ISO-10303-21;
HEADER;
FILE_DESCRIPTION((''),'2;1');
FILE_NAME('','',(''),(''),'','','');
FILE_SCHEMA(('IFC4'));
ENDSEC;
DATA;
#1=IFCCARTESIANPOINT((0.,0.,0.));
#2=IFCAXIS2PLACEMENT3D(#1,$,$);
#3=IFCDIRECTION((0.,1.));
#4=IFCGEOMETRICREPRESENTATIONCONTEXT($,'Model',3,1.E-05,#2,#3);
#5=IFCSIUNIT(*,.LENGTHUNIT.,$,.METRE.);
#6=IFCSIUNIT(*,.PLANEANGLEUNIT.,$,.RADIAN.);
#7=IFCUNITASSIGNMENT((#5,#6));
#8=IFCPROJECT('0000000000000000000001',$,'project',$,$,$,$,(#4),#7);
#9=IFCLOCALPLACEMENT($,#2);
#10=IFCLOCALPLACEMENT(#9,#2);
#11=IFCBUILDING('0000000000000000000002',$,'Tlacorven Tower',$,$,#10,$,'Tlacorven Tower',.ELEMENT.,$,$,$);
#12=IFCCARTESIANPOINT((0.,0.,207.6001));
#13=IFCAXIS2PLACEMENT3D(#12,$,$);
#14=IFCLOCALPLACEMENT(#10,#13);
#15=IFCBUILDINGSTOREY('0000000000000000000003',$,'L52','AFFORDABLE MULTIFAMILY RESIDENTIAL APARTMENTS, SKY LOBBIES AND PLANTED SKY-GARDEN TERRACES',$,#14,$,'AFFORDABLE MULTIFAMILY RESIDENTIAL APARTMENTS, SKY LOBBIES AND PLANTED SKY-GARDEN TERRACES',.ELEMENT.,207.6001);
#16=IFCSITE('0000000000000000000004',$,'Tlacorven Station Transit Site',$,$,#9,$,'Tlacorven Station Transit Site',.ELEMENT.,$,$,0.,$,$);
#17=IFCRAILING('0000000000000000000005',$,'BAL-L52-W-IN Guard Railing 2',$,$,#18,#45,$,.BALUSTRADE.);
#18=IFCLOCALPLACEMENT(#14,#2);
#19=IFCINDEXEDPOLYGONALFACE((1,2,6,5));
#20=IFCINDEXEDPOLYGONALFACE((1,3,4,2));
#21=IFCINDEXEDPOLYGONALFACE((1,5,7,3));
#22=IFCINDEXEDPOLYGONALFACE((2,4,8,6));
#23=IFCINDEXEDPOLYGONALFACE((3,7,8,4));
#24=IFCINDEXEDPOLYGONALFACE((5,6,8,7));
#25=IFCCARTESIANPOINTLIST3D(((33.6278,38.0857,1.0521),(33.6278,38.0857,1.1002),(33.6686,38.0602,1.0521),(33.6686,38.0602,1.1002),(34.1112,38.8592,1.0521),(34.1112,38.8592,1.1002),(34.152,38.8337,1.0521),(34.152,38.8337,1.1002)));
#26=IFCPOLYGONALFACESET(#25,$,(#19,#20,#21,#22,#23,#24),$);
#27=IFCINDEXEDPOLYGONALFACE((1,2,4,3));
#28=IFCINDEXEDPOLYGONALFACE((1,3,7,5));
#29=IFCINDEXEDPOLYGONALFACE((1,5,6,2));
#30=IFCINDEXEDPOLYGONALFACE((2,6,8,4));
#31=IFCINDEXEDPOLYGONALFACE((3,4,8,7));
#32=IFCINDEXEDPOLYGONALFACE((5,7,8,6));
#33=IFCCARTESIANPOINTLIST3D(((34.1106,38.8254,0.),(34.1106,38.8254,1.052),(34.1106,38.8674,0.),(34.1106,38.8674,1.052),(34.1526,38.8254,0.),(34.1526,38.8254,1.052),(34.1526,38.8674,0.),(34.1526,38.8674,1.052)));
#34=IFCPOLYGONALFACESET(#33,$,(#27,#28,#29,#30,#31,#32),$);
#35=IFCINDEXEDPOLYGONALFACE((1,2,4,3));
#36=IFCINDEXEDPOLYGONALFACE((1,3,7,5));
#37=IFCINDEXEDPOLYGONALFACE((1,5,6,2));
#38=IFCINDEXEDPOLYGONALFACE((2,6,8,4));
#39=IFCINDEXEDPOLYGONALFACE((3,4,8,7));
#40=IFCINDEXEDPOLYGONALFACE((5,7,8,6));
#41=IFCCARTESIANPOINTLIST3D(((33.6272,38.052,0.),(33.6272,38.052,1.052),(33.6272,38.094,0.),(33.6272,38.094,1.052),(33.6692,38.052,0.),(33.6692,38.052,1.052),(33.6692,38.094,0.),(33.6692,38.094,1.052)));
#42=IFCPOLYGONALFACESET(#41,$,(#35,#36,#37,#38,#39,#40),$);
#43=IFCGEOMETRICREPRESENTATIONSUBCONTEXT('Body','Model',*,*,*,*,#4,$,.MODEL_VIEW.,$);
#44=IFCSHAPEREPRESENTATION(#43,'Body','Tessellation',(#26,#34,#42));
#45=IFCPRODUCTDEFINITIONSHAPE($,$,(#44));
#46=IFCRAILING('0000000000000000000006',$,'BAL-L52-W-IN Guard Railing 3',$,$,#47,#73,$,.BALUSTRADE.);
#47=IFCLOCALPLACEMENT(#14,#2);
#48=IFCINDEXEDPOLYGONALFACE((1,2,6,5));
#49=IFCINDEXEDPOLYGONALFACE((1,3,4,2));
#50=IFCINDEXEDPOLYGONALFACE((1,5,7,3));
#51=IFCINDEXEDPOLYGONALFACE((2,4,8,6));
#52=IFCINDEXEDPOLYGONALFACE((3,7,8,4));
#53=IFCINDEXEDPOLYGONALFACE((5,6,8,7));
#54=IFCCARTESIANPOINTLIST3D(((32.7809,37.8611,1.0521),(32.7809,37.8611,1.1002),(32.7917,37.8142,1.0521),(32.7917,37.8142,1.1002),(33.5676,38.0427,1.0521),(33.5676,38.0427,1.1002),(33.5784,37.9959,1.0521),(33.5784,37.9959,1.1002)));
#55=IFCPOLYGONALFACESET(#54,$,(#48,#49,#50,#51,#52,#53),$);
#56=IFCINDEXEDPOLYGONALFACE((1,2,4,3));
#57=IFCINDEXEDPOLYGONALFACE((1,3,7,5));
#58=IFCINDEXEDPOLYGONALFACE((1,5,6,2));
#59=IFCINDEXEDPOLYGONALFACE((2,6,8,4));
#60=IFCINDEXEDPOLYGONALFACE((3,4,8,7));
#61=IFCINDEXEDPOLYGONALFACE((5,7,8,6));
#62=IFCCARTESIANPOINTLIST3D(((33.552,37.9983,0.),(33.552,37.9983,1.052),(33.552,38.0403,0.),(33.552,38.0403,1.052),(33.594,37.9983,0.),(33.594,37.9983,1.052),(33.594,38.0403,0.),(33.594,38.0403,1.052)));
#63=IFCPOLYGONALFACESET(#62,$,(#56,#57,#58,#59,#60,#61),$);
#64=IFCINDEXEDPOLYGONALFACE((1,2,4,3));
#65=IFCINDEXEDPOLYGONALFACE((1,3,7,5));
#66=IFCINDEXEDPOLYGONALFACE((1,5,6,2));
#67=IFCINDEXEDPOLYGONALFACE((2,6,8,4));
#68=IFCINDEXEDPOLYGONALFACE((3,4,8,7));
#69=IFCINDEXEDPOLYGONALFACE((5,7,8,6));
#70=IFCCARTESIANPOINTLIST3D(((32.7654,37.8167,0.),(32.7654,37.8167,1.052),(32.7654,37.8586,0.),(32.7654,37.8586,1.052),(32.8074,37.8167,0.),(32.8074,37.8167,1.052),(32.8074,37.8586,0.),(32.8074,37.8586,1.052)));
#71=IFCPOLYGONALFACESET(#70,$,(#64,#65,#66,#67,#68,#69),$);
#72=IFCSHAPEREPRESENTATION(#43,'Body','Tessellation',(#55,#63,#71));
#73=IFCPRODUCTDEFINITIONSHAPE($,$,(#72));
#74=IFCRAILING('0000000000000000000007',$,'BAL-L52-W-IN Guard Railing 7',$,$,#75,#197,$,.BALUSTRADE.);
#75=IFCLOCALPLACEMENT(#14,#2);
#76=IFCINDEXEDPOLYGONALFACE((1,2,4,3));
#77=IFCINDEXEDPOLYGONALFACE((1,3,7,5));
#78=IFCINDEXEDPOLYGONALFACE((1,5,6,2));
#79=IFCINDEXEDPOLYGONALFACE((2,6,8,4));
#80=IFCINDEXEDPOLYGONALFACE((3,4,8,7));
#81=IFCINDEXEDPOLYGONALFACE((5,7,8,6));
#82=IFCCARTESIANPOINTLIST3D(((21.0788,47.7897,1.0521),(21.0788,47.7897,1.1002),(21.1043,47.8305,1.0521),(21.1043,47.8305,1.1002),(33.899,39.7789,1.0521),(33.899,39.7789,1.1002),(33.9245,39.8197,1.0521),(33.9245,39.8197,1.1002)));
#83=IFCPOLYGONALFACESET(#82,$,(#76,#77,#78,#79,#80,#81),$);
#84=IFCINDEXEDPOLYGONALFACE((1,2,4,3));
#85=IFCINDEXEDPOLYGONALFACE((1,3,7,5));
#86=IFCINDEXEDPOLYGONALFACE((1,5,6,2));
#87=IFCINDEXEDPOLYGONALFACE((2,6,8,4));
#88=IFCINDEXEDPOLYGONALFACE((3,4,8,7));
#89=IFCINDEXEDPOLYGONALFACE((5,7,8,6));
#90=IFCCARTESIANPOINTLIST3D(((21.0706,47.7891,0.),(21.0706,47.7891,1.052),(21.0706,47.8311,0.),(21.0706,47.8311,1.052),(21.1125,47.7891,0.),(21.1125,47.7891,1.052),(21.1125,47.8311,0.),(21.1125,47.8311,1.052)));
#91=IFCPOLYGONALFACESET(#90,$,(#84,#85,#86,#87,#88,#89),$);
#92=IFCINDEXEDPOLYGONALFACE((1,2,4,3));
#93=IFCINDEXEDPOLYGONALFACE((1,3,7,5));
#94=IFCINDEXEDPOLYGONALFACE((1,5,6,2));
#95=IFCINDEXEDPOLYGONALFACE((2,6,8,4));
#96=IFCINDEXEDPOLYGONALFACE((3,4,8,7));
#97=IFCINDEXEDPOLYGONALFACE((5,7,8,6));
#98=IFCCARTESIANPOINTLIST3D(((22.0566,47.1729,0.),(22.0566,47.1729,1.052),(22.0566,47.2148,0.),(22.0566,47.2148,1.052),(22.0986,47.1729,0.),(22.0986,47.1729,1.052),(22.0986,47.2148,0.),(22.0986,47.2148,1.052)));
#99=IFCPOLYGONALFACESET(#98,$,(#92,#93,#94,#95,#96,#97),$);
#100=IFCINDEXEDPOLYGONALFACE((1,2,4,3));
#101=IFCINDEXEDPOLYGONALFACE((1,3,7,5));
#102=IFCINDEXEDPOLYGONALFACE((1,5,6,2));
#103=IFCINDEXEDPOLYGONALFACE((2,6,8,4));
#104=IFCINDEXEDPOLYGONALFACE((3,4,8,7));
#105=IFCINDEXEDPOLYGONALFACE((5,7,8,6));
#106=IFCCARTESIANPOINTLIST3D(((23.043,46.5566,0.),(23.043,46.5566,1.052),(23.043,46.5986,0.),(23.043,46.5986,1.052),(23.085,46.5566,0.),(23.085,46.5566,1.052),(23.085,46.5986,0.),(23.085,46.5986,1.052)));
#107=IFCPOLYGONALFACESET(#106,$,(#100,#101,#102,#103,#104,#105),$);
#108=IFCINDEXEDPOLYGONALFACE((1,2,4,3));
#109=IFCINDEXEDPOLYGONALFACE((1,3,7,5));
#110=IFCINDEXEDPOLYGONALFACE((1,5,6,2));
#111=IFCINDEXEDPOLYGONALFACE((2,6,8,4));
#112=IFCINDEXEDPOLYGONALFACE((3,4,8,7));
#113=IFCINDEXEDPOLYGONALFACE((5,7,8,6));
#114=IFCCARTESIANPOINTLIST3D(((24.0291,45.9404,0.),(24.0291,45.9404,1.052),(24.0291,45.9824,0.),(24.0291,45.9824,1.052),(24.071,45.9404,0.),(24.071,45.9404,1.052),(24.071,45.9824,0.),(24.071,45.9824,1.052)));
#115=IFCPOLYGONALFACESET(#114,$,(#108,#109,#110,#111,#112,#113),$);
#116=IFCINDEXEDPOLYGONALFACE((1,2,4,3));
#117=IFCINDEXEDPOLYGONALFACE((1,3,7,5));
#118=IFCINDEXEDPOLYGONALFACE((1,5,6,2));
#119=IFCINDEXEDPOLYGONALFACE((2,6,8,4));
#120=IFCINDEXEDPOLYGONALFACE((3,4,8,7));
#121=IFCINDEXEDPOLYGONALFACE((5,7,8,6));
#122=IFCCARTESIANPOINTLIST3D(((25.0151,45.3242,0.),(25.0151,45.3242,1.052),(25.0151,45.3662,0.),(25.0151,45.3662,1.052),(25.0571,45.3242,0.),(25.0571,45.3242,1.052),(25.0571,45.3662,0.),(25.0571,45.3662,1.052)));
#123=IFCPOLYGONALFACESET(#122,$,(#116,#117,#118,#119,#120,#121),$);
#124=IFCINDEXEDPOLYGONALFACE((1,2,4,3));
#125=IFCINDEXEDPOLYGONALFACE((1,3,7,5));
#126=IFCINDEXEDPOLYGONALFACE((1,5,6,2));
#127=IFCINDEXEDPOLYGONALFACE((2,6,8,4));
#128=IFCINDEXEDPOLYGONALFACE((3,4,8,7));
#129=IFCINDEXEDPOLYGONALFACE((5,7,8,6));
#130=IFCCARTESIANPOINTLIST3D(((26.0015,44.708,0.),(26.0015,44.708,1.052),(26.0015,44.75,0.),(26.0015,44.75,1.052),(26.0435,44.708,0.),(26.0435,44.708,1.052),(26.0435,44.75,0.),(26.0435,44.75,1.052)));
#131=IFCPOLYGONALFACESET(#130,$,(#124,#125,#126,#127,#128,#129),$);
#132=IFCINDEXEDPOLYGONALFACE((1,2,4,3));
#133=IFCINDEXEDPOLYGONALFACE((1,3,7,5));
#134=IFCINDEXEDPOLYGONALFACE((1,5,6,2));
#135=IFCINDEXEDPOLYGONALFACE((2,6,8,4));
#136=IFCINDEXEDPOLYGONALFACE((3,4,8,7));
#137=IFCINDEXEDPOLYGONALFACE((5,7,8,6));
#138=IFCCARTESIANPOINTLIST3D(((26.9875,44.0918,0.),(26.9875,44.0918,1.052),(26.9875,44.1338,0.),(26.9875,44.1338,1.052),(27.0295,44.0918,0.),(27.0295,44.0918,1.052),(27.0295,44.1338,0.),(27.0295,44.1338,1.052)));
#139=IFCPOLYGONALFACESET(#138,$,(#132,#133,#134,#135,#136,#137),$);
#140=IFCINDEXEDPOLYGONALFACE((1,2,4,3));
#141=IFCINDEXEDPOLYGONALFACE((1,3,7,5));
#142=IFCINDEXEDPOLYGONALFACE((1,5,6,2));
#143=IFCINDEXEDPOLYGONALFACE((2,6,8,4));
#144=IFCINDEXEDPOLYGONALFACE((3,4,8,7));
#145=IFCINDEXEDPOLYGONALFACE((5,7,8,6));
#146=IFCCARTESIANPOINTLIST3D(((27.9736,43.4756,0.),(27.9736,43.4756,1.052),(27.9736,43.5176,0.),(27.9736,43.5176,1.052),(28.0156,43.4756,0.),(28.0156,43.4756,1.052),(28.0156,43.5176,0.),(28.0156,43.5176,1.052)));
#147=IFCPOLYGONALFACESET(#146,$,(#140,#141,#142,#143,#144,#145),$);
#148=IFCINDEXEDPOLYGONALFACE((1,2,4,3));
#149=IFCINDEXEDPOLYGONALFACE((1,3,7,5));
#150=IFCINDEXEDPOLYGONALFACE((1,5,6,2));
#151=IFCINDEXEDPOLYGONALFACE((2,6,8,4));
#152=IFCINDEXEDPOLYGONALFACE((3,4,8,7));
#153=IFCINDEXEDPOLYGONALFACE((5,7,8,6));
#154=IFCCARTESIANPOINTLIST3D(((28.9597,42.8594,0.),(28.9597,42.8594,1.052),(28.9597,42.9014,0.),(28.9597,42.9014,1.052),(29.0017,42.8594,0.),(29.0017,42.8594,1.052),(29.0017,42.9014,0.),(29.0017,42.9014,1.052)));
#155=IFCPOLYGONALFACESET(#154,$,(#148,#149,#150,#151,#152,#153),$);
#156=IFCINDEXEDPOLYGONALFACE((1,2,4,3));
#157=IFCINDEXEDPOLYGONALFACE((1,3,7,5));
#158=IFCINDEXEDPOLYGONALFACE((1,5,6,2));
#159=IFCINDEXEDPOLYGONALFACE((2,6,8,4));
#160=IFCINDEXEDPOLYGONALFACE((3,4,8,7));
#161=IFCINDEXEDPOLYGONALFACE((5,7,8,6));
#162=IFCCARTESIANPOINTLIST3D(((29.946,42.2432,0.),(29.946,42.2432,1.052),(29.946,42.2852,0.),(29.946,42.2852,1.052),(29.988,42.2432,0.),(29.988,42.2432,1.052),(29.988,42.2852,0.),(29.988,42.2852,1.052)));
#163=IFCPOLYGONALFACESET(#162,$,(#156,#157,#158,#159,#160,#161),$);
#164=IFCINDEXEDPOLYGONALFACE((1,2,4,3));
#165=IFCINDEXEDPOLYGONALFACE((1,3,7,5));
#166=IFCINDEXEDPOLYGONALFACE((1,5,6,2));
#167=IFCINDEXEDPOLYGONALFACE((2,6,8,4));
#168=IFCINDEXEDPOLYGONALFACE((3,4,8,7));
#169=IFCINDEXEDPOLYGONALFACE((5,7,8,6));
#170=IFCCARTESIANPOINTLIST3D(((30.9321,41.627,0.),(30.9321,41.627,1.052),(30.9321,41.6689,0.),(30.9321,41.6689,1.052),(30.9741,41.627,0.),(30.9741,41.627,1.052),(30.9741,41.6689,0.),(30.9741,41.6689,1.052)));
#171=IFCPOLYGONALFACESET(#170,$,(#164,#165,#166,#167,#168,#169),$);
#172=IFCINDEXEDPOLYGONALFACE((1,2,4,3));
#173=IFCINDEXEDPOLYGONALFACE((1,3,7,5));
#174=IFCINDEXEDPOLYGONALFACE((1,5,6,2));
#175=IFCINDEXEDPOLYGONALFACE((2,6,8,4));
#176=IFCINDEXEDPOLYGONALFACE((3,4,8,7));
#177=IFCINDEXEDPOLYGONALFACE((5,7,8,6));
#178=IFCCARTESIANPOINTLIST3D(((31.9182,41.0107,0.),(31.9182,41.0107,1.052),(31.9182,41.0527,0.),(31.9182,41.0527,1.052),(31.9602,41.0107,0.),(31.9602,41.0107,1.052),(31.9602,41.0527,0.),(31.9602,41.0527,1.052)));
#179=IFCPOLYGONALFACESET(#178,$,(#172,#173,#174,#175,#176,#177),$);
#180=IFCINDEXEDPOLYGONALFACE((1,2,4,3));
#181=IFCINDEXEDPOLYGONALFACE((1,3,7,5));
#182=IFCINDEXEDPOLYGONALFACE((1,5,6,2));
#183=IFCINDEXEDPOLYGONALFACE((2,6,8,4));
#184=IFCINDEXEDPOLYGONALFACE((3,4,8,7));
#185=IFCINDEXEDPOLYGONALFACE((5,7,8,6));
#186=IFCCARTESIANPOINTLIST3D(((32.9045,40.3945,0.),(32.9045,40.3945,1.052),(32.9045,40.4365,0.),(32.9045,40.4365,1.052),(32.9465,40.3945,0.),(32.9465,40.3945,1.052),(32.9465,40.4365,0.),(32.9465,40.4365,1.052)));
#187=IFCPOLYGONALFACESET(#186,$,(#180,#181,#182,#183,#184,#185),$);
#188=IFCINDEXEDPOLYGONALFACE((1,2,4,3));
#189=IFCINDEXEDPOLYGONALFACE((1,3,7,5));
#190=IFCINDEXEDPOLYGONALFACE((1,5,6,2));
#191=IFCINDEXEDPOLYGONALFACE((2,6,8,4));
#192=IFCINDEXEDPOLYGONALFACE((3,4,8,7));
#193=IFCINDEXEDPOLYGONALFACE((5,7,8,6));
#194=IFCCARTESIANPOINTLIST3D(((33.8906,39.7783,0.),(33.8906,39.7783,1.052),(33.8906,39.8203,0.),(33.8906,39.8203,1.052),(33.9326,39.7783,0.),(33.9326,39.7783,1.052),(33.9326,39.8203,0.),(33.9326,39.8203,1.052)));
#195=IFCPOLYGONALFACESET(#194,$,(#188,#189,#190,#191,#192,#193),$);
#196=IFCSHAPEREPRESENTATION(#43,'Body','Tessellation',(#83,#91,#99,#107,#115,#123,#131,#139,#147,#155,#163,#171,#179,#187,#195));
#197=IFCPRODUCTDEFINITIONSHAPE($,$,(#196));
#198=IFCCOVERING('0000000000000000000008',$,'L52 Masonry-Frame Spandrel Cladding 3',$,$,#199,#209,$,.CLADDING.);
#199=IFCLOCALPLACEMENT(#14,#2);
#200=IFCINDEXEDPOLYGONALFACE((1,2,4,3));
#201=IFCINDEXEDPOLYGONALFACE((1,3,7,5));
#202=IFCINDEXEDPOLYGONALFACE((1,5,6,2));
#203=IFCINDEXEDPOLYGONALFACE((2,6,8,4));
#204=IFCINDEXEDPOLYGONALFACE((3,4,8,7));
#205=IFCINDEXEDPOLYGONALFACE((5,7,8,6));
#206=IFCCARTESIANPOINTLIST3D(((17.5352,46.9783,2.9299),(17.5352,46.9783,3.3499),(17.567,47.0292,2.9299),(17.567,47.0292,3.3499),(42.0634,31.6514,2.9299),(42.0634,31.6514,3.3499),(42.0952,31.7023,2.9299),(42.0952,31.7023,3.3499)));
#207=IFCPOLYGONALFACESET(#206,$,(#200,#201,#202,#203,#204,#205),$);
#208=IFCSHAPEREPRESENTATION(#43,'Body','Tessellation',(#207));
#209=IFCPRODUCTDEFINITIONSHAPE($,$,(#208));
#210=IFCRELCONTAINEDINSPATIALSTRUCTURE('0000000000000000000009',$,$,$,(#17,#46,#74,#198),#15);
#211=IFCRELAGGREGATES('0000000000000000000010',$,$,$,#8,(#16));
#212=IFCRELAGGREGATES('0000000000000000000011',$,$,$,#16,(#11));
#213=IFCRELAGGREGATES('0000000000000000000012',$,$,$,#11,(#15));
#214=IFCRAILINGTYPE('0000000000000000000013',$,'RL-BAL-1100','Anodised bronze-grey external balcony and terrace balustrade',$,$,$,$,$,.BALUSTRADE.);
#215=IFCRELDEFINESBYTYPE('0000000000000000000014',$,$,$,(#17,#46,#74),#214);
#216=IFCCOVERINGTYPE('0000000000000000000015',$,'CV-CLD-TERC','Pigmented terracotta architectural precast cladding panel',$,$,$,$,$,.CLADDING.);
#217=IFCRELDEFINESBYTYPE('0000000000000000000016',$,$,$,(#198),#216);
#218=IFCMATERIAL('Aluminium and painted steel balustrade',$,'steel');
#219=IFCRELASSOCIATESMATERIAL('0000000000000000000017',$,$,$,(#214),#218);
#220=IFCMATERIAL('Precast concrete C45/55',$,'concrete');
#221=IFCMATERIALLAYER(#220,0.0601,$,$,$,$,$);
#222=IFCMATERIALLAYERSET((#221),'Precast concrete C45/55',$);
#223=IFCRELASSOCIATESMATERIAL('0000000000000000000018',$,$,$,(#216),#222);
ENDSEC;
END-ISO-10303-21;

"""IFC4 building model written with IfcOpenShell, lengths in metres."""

from ifc_helpers import new_model, si_unit, direction, frame, origin, origin_2d, place, context, subcontext, project, spatial, rectangle, extrude, source, transform, mapped, material, layer, layer_set, type_object, element, save


model = new_model("IFC4")

# Units and contexts
model_context = context("Model", 3, precision=1e-05, world=origin(), true_north=direction((0.0, 1.0)))
body_context = subcontext(model_context, "Body", "Model", "MODEL_VIEW")
ifc_project = project(units=[si_unit("LENGTHUNIT", "METRE"), si_unit("PLANEANGLEUNIT", "RADIAN")], contexts=[model_context])

# Site, building, storey
site_placement = place(None, origin())
site = spatial("IfcSite", under=ifc_project, at=site_placement, Name="Tlacorven Station Transit Site", LongName="Tlacorven Station Transit Site", CompositionType="ELEMENT", RefElevation=0.0)
building_placement = place(site_placement, origin())
building = spatial("IfcBuilding", under=site, at=building_placement, Name="Tlacorven Tower", LongName="Tlacorven Tower", CompositionType="ELEMENT")
storey_placement = place(building_placement, frame((0.0, 0.0, 207.6001)))
storey = spatial("IfcBuildingStorey", under=building, at=storey_placement, Name="L52", Description="AFFORDABLE MULTIFAMILY RESIDENTIAL APARTMENTS, SKY LOBBIES AND PLANTED SKY-GARDEN TERRACES", LongName="AFFORDABLE MULTIFAMILY RESIDENTIAL APARTMENTS, SKY LOBBIES AND PLANTED SKY-GARDEN TERRACES", CompositionType="ELEMENT", Elevation=207.6001)

# Railings
ifc_material_1 = material(Name="Aluminium and painted steel balustrade", Category="steel")
railing_type = type_object("IfcRailingType", Name="RL-BAL-1100", Description="Anodised bronze-grey external balcony and terrace balustrade", PredefinedType="BALUSTRADE", material=ifc_material_1)
shared_shape_1 = source(origin(), body_context, "Body", "SweptSolid", [
    extrude(rectangle(XDim=0.0481, YDim=0.0481, at=origin_2d()), frame((0.0, 0.0, 1.0762), z_axis=(-0.529999, -0.847998, 0.0), x_axis=(0.847998, -0.529999, 0.0)), (0.0, 0.0, 1.0), 0.9121),
    extrude(rectangle(XDim=0.042, YDim=0.042, at=origin_2d()), origin(), (0.0, 0.0, 1.0), 1.052),
    extrude(rectangle(XDim=0.042, YDim=0.042, at=origin_2d()), frame((-0.4834, -0.7734, 0.0)), (0.0, 0.0, 1.0), 1.052),
])
railing_1_placement = place(storey_placement, frame((34.1316, 38.8464, 0.0)))
element("IfcRailing", 1, at=railing_1_placement, inside=storey, type_object=railing_type, Name="BAL-L52-W-IN Guard Railing 2", PredefinedType="BALUSTRADE", context=body_context, shape_type="MappedRepresentation", body=[
    mapped(shared_shape_1, transform((0.0, 0.0, 0.0), scale=1.0)),
])
shared_shape_2 = source(origin(), body_context, "Body", "SweptSolid", [
    extrude(rectangle(XDim=0.0481, YDim=0.0481, at=origin_2d()), frame((0.0, 0.0, 1.0762), z_axis=(-0.974361, -0.224992, 0.0), x_axis=(0.224992, -0.974361, 0.0)), (0.0, 0.0, 1.0), 0.8074),
    extrude(rectangle(XDim=0.042, YDim=0.042, at=origin_2d()), origin(), (0.0, 0.0, 1.0), 1.052),
    extrude(rectangle(XDim=0.042, YDim=0.042, at=origin_2d()), frame((-0.7866, -0.1816, 0.0)), (0.0, 0.0, 1.0), 1.052),
])
railing_2_placement = place(storey_placement, frame((33.573, 38.0193, 0.0)))
element("IfcRailing", 2, at=railing_2_placement, inside=storey, type_object=railing_type, Name="BAL-L52-W-IN Guard Railing 3", PredefinedType="BALUSTRADE", context=body_context, shape_type="MappedRepresentation", body=[
    mapped(shared_shape_2, transform((0.0, 0.0, 0.0), scale=1.0)),
])
shared_shape_3 = source(origin(), body_context, "Body", "SweptSolid", [
    extrude(rectangle(XDim=0.0481, YDim=0.0481, at=origin_2d()), frame((0.0, 0.0, 1.0762), z_axis=(0.848052, -0.529913, 0.0), x_axis=(0.529913, 0.848052, 0.0)), (0.0, 0.0, 1.0), 15.1172),
    extrude(rectangle(XDim=0.042, YDim=0.042, at=origin_2d()), origin(), (0.0, 0.0, 1.0), 1.052),
    extrude(rectangle(XDim=0.042, YDim=0.042, at=origin_2d()), frame((0.9861, -0.6162, 0.0)), (0.0, 0.0, 1.0), 1.052),
    extrude(rectangle(XDim=0.042, YDim=0.042, at=origin_2d()), frame((1.9724, -1.2324, 0.0)), (0.0, 0.0, 1.0), 1.052),
    extrude(rectangle(XDim=0.042, YDim=0.042, at=origin_2d()), frame((2.9585, -1.8486, 0.0)), (0.0, 0.0, 1.0), 1.052),
    extrude(rectangle(XDim=0.042, YDim=0.042, at=origin_2d()), frame((3.9446, -2.4648, 0.0)), (0.0, 0.0, 1.0), 1.052),
    extrude(rectangle(XDim=0.042, YDim=0.042, at=origin_2d()), frame((4.9309, -3.0811, 0.0)), (0.0, 0.0, 1.0), 1.052),
    extrude(rectangle(XDim=0.042, YDim=0.042, at=origin_2d()), frame((5.917, -3.6973, 0.0)), (0.0, 0.0, 1.0), 1.052),
    extrude(rectangle(XDim=0.042, YDim=0.042, at=origin_2d()), frame((6.9031, -4.3135, 0.0)), (0.0, 0.0, 1.0), 1.052),
    extrude(rectangle(XDim=0.042, YDim=0.042, at=origin_2d()), frame((7.8892, -4.9297, 0.0)), (0.0, 0.0, 1.0), 1.052),
    extrude(rectangle(XDim=0.042, YDim=0.042, at=origin_2d()), frame((8.8755, -5.5459, 0.0)), (0.0, 0.0, 1.0), 1.052),
    extrude(rectangle(XDim=0.042, YDim=0.042, at=origin_2d()), frame((9.8616, -6.1621, 0.0)), (0.0, 0.0, 1.0), 1.052),
    extrude(rectangle(XDim=0.042, YDim=0.042, at=origin_2d()), frame((10.8477, -6.7783, 0.0)), (0.0, 0.0, 1.0), 1.052),
    extrude(rectangle(XDim=0.042, YDim=0.042, at=origin_2d()), frame((11.834, -7.3945, 0.0)), (0.0, 0.0, 1.0), 1.052),
    extrude(rectangle(XDim=0.042, YDim=0.042, at=origin_2d()), frame((12.8201, -8.0107, 0.0)), (0.0, 0.0, 1.0), 1.052),
])
railing_3_placement = place(storey_placement, frame((21.0916, 47.8101, 0.0)))
element("IfcRailing", 3, at=railing_3_placement, inside=storey, type_object=railing_type, Name="BAL-L52-W-IN Guard Railing 7", PredefinedType="BALUSTRADE", context=body_context, shape_type="MappedRepresentation", body=[
    mapped(shared_shape_3, transform((0.0, 0.0, 0.0), scale=1.0)),
])

# Covering
ifc_material_2 = material(Name="Precast concrete C45/55", Category="concrete")
ifc_layer_1 = layer(ifc_material_2, 0.0601)
ifc_layer_set_1 = layer_set([ifc_layer_1], Name="Precast concrete C45/55")
covering_type = type_object("IfcCoveringType", Name="CV-CLD-TERC", Description="Pigmented terracotta architectural precast cladding panel", PredefinedType="CLADDING", material=ifc_layer_set_1)
shared_shape_4 = source(origin(), body_context, "Body", "SweptSolid", [
    extrude(rectangle(XDim=28.9231, YDim=0.0601, at=origin_2d()), origin(), (0.0, 0.0, 1.0), 0.4199),
])
covering_placement = place(storey_placement, frame((29.8152, 39.3403, 2.9299), z_axis=(0.0, 0.0, 1.0), x_axis=(0.848048, -0.529919, 0.0)))
element("IfcCovering", 4, at=covering_placement, inside=storey, type_object=covering_type, Name="L52 Masonry-Frame Spandrel Cladding 3", PredefinedType="CLADDING", context=body_context, shape_type="MappedRepresentation", body=[
    mapped(shared_shape_4, transform((0.0, 0.0, 0.0), scale=1.0)),
])

save(model, "model.ifc")
